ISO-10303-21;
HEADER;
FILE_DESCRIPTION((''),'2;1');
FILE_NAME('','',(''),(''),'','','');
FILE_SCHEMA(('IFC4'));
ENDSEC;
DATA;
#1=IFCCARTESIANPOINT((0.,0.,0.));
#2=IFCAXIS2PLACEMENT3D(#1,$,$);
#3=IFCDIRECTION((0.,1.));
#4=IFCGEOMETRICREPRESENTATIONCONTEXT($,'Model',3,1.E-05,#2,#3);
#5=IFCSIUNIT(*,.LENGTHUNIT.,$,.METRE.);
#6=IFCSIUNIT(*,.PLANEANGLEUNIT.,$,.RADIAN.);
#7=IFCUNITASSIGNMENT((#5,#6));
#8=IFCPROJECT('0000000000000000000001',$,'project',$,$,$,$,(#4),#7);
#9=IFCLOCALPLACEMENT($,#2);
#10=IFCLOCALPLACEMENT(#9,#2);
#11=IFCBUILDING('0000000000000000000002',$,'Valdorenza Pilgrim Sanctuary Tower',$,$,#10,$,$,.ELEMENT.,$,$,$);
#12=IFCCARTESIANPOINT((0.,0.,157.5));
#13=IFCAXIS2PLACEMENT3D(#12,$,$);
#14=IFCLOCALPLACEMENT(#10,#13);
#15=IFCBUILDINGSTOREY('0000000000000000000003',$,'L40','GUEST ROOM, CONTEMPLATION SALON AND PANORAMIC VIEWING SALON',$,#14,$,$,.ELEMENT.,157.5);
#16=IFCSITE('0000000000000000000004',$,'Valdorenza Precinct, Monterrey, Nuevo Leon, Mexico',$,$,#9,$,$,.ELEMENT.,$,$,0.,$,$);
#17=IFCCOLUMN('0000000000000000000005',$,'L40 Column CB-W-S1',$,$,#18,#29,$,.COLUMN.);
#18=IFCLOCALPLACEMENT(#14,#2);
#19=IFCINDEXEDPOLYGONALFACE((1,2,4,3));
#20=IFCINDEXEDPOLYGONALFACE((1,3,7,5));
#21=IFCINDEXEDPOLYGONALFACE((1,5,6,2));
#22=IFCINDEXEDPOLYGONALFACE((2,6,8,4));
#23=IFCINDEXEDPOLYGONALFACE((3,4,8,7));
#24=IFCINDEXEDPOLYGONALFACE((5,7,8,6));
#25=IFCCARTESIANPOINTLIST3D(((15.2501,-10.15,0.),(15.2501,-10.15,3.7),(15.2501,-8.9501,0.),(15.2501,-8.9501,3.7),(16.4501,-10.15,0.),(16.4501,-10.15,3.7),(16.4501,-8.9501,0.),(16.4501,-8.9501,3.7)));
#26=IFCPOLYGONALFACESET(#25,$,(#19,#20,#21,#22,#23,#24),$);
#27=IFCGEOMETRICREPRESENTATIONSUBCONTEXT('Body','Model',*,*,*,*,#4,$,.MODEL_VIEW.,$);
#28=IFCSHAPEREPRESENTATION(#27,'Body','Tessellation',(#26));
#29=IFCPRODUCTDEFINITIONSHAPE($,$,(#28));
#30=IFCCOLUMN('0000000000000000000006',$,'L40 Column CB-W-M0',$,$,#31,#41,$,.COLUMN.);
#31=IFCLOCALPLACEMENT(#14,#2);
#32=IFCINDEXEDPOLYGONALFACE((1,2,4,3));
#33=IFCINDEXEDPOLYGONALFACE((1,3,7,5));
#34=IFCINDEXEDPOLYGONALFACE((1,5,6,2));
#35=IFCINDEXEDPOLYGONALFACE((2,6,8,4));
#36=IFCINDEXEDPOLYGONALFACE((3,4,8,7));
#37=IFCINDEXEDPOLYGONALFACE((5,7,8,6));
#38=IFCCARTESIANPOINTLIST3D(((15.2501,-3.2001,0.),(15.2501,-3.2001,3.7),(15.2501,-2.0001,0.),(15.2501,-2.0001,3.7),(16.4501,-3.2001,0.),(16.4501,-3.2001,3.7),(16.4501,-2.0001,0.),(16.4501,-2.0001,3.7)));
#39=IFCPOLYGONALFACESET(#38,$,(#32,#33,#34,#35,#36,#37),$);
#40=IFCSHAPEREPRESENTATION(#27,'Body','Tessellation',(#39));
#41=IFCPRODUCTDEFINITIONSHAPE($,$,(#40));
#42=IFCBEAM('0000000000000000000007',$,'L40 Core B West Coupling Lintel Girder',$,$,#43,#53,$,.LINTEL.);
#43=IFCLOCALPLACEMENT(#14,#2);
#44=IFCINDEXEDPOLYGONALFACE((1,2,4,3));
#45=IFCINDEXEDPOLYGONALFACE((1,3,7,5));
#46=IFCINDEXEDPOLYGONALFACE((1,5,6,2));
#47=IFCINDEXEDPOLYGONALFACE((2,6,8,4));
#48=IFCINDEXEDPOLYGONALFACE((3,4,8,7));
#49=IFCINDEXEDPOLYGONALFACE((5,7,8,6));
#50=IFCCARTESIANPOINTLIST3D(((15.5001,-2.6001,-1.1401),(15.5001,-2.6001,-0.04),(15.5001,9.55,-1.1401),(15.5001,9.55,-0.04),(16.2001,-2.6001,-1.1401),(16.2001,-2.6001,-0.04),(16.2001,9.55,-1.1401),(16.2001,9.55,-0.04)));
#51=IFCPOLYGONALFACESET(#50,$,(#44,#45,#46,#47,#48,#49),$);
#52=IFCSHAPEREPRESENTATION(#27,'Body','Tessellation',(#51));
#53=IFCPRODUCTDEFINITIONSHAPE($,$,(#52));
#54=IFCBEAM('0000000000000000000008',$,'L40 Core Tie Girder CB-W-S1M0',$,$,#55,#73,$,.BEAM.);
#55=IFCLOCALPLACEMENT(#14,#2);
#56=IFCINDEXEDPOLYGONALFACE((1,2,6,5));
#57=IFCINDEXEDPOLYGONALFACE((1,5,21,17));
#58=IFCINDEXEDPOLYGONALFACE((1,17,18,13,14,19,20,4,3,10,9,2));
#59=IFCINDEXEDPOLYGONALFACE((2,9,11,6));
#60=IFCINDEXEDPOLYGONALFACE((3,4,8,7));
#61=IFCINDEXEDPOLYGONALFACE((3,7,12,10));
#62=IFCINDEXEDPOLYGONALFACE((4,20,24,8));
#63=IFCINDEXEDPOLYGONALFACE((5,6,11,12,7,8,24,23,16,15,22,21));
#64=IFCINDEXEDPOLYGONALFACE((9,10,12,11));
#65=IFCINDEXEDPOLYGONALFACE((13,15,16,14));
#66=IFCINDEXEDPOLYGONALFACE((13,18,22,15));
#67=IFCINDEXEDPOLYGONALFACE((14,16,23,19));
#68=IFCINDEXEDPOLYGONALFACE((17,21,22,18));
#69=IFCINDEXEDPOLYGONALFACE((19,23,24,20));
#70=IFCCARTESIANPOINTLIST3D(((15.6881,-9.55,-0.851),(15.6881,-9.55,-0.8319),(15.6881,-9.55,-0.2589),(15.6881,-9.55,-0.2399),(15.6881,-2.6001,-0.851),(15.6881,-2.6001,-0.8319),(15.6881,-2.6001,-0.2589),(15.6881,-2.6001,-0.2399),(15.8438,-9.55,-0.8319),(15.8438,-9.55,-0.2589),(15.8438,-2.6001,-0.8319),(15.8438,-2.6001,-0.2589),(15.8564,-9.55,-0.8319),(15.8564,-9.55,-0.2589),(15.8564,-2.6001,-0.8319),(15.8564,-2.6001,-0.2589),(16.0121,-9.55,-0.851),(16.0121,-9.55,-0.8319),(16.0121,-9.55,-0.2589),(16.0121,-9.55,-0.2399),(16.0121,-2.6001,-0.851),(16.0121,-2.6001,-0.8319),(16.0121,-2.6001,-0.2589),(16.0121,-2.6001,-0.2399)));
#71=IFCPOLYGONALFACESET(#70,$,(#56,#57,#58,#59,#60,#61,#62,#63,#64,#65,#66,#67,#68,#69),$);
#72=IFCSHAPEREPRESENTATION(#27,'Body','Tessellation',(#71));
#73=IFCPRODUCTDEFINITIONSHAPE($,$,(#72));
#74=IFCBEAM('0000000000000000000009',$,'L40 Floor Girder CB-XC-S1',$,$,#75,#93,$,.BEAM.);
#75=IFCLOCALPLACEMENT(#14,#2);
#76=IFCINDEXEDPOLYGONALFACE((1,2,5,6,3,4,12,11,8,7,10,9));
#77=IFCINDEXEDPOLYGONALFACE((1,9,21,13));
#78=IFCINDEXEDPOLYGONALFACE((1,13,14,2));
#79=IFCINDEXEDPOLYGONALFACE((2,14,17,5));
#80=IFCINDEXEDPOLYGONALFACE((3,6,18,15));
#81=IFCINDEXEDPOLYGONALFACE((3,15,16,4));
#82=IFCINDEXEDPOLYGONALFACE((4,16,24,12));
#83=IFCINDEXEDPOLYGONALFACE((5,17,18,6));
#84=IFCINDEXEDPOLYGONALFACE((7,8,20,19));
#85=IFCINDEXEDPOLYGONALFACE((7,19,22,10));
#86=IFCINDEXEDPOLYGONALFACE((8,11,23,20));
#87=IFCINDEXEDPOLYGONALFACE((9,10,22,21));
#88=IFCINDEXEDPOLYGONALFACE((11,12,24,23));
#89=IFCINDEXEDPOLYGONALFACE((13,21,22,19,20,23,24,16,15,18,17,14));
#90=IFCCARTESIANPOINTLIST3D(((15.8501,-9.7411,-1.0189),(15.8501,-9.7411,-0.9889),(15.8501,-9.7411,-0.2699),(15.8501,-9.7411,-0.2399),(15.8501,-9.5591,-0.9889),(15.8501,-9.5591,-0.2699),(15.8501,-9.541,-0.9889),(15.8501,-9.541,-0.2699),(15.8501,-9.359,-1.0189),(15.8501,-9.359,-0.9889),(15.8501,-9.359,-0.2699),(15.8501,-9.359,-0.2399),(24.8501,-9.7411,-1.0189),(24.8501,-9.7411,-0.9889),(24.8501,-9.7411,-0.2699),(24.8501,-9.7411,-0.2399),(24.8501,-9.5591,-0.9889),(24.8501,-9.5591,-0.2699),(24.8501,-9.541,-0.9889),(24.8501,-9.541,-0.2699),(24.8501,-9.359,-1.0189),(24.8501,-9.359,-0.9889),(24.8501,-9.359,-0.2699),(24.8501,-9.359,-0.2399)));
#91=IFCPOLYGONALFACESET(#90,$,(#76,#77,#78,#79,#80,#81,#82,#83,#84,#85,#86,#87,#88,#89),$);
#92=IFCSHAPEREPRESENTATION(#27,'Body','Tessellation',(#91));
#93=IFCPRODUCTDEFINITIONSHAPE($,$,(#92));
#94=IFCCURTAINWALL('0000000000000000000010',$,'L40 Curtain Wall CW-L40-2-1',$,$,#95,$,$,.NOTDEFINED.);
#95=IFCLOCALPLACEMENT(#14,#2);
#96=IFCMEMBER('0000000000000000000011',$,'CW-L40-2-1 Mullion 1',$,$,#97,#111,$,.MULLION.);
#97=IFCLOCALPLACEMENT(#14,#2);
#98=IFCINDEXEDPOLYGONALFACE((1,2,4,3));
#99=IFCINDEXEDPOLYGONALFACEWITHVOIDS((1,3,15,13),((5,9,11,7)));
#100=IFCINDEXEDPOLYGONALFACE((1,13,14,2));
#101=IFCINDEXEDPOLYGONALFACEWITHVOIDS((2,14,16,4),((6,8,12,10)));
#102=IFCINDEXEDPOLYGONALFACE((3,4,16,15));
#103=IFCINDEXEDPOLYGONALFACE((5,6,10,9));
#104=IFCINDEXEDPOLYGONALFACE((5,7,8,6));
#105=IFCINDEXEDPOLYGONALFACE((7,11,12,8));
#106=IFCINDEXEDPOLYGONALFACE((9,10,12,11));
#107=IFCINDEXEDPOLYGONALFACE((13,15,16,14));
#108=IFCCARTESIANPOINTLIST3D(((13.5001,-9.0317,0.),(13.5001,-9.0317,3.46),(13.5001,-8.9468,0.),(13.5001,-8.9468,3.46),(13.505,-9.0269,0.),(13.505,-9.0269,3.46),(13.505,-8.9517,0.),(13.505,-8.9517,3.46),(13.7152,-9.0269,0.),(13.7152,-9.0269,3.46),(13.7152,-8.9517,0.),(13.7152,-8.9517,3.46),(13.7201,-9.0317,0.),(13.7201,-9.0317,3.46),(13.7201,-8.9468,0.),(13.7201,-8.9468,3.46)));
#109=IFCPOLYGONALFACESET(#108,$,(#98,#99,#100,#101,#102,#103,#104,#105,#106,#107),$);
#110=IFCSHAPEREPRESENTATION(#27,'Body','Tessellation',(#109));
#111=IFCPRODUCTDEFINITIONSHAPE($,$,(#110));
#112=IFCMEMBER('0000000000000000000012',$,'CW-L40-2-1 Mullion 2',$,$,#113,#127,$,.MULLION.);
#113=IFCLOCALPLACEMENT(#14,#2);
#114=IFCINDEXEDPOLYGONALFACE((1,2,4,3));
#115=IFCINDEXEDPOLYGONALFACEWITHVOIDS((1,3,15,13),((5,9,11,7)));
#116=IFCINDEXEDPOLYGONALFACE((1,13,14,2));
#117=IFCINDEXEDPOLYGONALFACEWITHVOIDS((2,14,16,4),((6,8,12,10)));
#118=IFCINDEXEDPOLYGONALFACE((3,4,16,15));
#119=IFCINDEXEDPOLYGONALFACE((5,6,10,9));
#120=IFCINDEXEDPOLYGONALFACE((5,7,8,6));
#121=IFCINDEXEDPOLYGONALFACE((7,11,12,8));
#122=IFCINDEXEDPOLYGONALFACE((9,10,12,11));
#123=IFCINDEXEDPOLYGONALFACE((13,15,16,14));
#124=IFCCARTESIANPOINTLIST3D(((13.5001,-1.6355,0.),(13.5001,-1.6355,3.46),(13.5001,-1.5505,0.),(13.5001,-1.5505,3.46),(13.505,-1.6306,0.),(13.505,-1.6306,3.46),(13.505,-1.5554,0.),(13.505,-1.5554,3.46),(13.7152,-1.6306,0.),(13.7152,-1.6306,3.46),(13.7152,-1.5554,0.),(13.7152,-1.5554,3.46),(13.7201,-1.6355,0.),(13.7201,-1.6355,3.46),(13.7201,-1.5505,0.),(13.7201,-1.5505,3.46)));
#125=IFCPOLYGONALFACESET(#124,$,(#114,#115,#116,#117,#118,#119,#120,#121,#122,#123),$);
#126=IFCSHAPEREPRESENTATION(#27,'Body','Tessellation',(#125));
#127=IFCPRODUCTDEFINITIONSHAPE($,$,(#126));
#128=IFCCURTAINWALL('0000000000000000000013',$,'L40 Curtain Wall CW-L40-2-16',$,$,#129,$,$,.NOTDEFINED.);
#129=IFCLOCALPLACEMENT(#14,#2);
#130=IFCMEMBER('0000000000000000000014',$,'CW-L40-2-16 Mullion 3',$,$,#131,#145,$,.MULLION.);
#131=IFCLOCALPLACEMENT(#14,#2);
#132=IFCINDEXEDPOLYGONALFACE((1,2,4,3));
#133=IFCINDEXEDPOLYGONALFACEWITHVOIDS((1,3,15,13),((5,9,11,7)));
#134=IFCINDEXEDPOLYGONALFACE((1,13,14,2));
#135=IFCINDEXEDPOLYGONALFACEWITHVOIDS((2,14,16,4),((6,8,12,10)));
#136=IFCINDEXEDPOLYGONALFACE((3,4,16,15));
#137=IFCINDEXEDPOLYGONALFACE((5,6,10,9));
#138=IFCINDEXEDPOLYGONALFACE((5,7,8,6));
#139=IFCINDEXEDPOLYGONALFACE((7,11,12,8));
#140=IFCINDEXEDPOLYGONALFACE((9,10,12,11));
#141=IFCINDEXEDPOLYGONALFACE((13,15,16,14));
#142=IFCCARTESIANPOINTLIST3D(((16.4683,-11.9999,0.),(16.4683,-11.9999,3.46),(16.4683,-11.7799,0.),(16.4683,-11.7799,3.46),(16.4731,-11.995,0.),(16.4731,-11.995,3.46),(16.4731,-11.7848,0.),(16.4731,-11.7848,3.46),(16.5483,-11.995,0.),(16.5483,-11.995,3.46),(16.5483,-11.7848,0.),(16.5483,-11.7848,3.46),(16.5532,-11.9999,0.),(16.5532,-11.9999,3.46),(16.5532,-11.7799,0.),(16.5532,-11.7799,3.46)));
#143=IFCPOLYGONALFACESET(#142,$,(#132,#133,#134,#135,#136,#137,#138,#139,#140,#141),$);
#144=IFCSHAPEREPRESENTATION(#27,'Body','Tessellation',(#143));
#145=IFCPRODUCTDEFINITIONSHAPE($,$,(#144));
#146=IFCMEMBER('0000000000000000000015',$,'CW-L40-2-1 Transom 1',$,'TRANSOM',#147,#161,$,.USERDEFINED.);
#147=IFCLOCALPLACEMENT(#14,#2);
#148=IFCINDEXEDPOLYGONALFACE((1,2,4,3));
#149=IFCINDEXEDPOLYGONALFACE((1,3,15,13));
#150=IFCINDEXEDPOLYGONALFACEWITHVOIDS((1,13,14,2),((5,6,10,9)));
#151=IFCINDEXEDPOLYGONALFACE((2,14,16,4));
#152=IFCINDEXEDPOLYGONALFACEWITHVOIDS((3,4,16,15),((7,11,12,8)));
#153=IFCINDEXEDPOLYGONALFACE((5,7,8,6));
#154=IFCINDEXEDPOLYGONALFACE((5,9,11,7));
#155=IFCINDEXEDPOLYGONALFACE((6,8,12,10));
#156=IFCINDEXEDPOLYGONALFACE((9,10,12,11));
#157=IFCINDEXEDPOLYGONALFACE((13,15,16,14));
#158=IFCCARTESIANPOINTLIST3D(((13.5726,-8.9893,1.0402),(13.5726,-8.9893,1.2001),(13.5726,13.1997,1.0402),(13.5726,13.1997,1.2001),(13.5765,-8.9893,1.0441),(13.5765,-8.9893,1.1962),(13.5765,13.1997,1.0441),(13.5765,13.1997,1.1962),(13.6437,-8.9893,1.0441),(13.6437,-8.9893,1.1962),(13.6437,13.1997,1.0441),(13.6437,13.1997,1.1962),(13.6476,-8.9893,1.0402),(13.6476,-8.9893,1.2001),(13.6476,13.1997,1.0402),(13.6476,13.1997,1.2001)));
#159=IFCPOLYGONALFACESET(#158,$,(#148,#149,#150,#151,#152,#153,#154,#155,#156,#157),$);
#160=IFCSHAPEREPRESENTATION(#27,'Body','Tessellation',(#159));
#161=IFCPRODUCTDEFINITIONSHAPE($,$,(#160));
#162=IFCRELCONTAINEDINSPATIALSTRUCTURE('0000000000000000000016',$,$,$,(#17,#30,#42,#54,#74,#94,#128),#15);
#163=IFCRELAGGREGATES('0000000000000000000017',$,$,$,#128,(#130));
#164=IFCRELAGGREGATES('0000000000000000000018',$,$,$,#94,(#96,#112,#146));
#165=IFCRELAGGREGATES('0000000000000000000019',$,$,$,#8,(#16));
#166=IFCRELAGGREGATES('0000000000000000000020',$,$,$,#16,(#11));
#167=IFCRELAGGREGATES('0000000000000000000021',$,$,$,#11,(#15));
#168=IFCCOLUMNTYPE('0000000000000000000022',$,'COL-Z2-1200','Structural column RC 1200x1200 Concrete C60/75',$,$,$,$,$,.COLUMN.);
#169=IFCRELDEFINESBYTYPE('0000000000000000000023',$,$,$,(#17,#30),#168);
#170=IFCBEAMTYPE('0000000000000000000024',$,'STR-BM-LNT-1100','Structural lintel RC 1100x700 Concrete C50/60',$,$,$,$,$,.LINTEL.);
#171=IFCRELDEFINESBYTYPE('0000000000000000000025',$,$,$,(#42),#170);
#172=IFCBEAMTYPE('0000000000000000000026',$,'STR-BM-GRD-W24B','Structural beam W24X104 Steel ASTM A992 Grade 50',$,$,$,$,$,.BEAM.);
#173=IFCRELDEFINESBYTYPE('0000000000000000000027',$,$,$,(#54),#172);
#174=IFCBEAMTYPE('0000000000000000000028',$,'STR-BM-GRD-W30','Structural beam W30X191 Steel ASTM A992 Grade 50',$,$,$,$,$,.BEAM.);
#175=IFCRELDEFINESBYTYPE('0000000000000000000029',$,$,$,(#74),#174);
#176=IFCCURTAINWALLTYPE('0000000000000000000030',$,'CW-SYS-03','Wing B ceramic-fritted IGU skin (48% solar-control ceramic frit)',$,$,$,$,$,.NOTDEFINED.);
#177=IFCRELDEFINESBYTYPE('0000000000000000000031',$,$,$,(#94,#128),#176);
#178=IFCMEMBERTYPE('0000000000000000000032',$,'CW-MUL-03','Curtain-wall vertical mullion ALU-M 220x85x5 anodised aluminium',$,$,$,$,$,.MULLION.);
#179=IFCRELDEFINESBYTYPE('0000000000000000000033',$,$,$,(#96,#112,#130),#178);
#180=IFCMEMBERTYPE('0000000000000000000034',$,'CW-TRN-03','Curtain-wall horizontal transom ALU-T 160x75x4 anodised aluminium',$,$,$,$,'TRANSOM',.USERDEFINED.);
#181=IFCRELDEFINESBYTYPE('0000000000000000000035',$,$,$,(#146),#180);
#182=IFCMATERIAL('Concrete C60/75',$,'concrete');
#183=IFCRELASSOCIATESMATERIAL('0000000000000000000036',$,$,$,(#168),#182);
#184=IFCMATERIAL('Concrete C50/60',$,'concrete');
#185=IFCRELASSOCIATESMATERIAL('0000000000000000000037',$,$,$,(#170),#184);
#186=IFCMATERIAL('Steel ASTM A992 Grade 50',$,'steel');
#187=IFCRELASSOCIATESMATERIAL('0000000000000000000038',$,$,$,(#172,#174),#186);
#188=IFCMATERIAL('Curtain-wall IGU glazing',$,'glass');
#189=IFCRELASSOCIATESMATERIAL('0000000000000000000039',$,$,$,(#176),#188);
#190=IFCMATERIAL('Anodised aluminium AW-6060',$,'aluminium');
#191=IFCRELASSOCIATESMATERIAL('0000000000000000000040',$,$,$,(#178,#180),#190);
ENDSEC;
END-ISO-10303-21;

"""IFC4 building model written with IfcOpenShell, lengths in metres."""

from ifc_helpers import new_model, si_unit, direction, frame, origin, origin_2d, place, context, subcontext, project, spatial, rectangle, hollow_rectangle, i_section, extrude, source, transform, mapped, material, material_profile, profile_set, type_object, element, aggregate, save


model = new_model("IFC4")

# Units and contexts
model_context = context("Model", 3, precision=1e-05, world=origin(), true_north=direction((0.0, 1.0)))
body_context = subcontext(model_context, "Body", "Model", "MODEL_VIEW")
ifc_project = project(units=[si_unit("LENGTHUNIT", "METRE"), si_unit("PLANEANGLEUNIT", "RADIAN")], contexts=[model_context])

# Site, building, storey
site_placement = place(None, origin())
site = spatial("IfcSite", under=ifc_project, at=site_placement, Name="Valdorenza Precinct, Monterrey, Nuevo Leon, Mexico", CompositionType="ELEMENT", RefElevation=0.0)
building_placement = place(site_placement, origin())
building = spatial("IfcBuilding", under=site, at=building_placement, Name="Valdorenza Pilgrim Sanctuary Tower", CompositionType="ELEMENT")
storey_placement = place(building_placement, frame((0.0, 0.0, 157.5)))
storey = spatial("IfcBuildingStorey", under=building, at=storey_placement, Name="L40", Description="GUEST ROOM, CONTEMPLATION SALON AND PANORAMIC VIEWING SALON", CompositionType="ELEMENT", Elevation=157.5)

# Columns
ifc_material_1 = material(Name="Concrete C60/75", Category="concrete")
ifc_material_profile_1 = material_profile(ifc_material_1, rectangle(XDim=1.2, YDim=1.2, at=origin_2d()), Name="RC 1200x1200")
ifc_profile_set_1 = profile_set([ifc_material_profile_1], Name="Concrete C60/75")
column_type = type_object("IfcColumnType", Name="COL-Z2-1200", Description="Structural column RC 1200x1200 Concrete C60/75", PredefinedType="COLUMN", material=ifc_profile_set_1)
shared_shape_1 = source(origin(), body_context, "Body", "SweptSolid", [
    extrude(rectangle(XDim=1.2, YDim=1.2, at=origin_2d()), origin(), (0.0, 0.0, 1.0), 3.7),
])
for number, where, z_axis, x_axis, name in (
    (1, (15.8501, -9.55, 0.0), (0.0, 0.0, 1.0), (1.0, 0.0, 0.0), "L40 Column CB-W-S1"),
    (2, (15.8501, -2.6001, 0.0), (0.0, 0.0, 1.0), (1.0, 0.0, 0.0), "L40 Column CB-W-M0"),
):
    element("IfcColumn", number, at=place(storey_placement, frame(where, z_axis=z_axis, x_axis=x_axis)), inside=storey, type_object=column_type, Name=name, PredefinedType="COLUMN", context=body_context, shape_type="MappedRepresentation", body=[
        mapped(shared_shape_1, transform((0.0, 0.0, 0.0), x_axis=(1.0, 0.0, 0.0), y_axis=(0.0, 1.0, 0.0), z_axis=(0.0, 0.0, 1.0), scale=1.0)),
    ])

# Beams
ifc_material_2 = material(Name="Concrete C50/60", Category="concrete")
ifc_material_profile_2 = material_profile(ifc_material_2, rectangle(XDim=0.7, YDim=1.1001, at=origin_2d()), Name="RC 1100x700")
ifc_profile_set_2 = profile_set([ifc_material_profile_2], Name="Concrete C50/60")
beam_type_1 = type_object("IfcBeamType", Name="STR-BM-LNT-1100", Description="Structural lintel RC 1100x700 Concrete C50/60", PredefinedType="LINTEL", material=ifc_profile_set_2)
shared_shape_2 = source(origin(), body_context, "Body", "SweptSolid", [
    extrude(rectangle(XDim=0.7, YDim=1.1001, at=origin_2d()), origin(), (0.0, 0.0, 1.0), 12.1501),
])
beam_1_placement = place(storey_placement, frame((15.8501, -2.6001, -0.5901), z_axis=(0.0, 1.0, 0.0), x_axis=(-1.0, 0.0, 0.0)))
element("IfcBeam", 3, at=beam_1_placement, inside=storey, type_object=beam_type_1, Name="L40 Core B West Coupling Lintel Girder", PredefinedType="LINTEL", context=body_context, shape_type="MappedRepresentation", body=[
    mapped(shared_shape_2, transform((0.0, 0.0, 0.0), x_axis=(1.0, 0.0, 0.0), y_axis=(0.0, 1.0, 0.0), z_axis=(0.0, 0.0, 1.0), scale=1.0)),
])
ifc_material_3 = material(Name="Steel ASTM A992 Grade 50", Category="steel")
ifc_material_profile_3 = material_profile(ifc_material_3, i_section(OverallWidth=0.324, OverallDepth=0.6111, WebThickness=0.0127, FlangeThickness=0.019, at=origin_2d()), Name="W24X104")
ifc_profile_set_3 = profile_set([ifc_material_profile_3], Name="Steel ASTM A992 Grade 50")
beam_type_2 = type_object("IfcBeamType", Name="STR-BM-GRD-W24B", Description="Structural beam W24X104 Steel ASTM A992 Grade 50", PredefinedType="BEAM", material=ifc_profile_set_3)
shared_shape_3 = source(origin(), body_context, "Body", "SweptSolid", [
    extrude(i_section(OverallWidth=0.324, OverallDepth=0.6111, WebThickness=0.0127, FlangeThickness=0.019, at=origin_2d()), origin(), (0.0, 0.0, 1.0), 6.95),
])
beam_2_placement = place(storey_placement, frame((15.8501, -9.55, -0.5454), z_axis=(0.0, 1.0, 0.0), x_axis=(-1.0, 0.0, 0.0)))
element("IfcBeam", 4, at=beam_2_placement, inside=storey, type_object=beam_type_2, Name="L40 Core Tie Girder CB-W-S1M0", PredefinedType="BEAM", context=body_context, shape_type="MappedRepresentation", body=[
    mapped(shared_shape_3, transform((0.0, 0.0, 0.0), x_axis=(1.0, 0.0, 0.0), y_axis=(0.0, 1.0, 0.0), z_axis=(0.0, 0.0, 1.0), scale=1.0)),
])
ifc_material_profile_4 = material_profile(ifc_material_3, i_section(OverallWidth=0.3821, OverallDepth=0.7791, WebThickness=0.0181, FlangeThickness=0.03, at=origin_2d()), Name="W30X191")
ifc_profile_set_4 = profile_set([ifc_material_profile_4], Name="Steel ASTM A992 Grade 50")
beam_type_3 = type_object("IfcBeamType", Name="STR-BM-GRD-W30", Description="Structural beam W30X191 Steel ASTM A992 Grade 50", PredefinedType="BEAM", material=ifc_profile_set_4)
shared_shape_4 = source(origin(), body_context, "Body", "SweptSolid", [
    extrude(i_section(OverallWidth=0.3821, OverallDepth=0.7791, WebThickness=0.0181, FlangeThickness=0.03, at=origin_2d()), origin(), (0.0, 0.0, 1.0), 9.0),
])
beam_3_placement = place(storey_placement, frame((15.8501, -9.55, -0.6294), z_axis=(1.0, 0.0, 0.0), x_axis=(0.0, 1.0, 0.0)))
element("IfcBeam", 5, at=beam_3_placement, inside=storey, type_object=beam_type_3, Name="L40 Floor Girder CB-XC-S1", PredefinedType="BEAM", context=body_context, shape_type="MappedRepresentation", body=[
    mapped(shared_shape_4, transform((0.0, 0.0, 0.0), x_axis=(1.0, 0.0, 0.0), y_axis=(0.0, 1.0, 0.0), z_axis=(0.0, 0.0, 1.0), scale=1.0)),
])

# Curtain wall, members
ifc_material_4 = material(Name="Curtain-wall IGU glazing", Category="glass")
curtain_wall_type = type_object("IfcCurtainWallType", Name="CW-SYS-03", Description="Wing B ceramic-fritted IGU skin (48% solar-control ceramic frit)", PredefinedType="NOTDEFINED", material=ifc_material_4)
curtain_wall_1_placement = place(storey_placement, origin())
curtain_wall_1 = element("IfcCurtainWall", 6, at=curtain_wall_1_placement, inside=storey, type_object=curtain_wall_type, Name="L40 Curtain Wall CW-L40-2-1", PredefinedType="NOTDEFINED")
ifc_material_5 = material(Name="Anodised aluminium AW-6060", Category="aluminium")
ifc_material_profile_5 = material_profile(ifc_material_5, hollow_rectangle(XDim=0.085, YDim=0.22, WallThickness=0.0049, at=origin_2d()), Name="ALU-M 220x85x5")
ifc_profile_set_5 = profile_set([ifc_material_profile_5], Name="Anodised aluminium AW-6060")
member_type_1 = type_object("IfcMemberType", Name="CW-MUL-03", Description="Curtain-wall vertical mullion ALU-M 220x85x5 anodised aluminium", PredefinedType="MULLION", material=ifc_profile_set_5)
shared_shape_5 = source(origin(), body_context, "Body", "SweptSolid", [
    extrude(hollow_rectangle(XDim=0.085, YDim=0.22, WallThickness=0.0049, at=origin_2d()), origin(), (0.0, 0.0, 1.0), 3.46),
])
member_1_placement = place(storey_placement, frame((13.6101, -8.9893, 0.0), z_axis=(0.0, 0.0, 1.0), x_axis=(0.0, 1.0, 0.0)))
member_1 = element("IfcMember", 7, at=member_1_placement, type_object=member_type_1, Name="CW-L40-2-1 Mullion 1", PredefinedType="MULLION", context=body_context, shape_type="MappedRepresentation", body=[
    mapped(shared_shape_5, transform((0.0, 0.0, 0.0), x_axis=(1.0, 0.0, 0.0), y_axis=(0.0, 1.0, 0.0), z_axis=(0.0, 0.0, 1.0), scale=1.0)),
])
member_2_placement = place(storey_placement, frame((13.6101, -1.593, 0.0), z_axis=(0.0, 0.0, 1.0), x_axis=(0.0, 1.0, 0.0)))
member_2 = element("IfcMember", 8, at=member_2_placement, type_object=member_type_1, Name="CW-L40-2-1 Mullion 2", PredefinedType="MULLION", context=body_context, shape_type="MappedRepresentation", body=[
    mapped(shared_shape_5, transform((0.0, 0.0, 0.0), x_axis=(1.0, 0.0, 0.0), y_axis=(0.0, 1.0, 0.0), z_axis=(0.0, 0.0, 1.0), scale=1.0)),
])

# Curtain wall, member
curtain_wall_2_placement = place(storey_placement, origin())
curtain_wall_2 = element("IfcCurtainWall", 9, at=curtain_wall_2_placement, inside=storey, type_object=curtain_wall_type, Name="L40 Curtain Wall CW-L40-2-16", PredefinedType="NOTDEFINED")
member_3_placement = place(storey_placement, frame((16.5107, -11.8899, 0.0), z_axis=(0.0, 0.0, 1.0), x_axis=(-1.0, 0.0, 0.0)))
member_3 = element("IfcMember", 10, at=member_3_placement, type_object=member_type_1, Name="CW-L40-2-16 Mullion 3", PredefinedType="MULLION", context=body_context, shape_type="MappedRepresentation", body=[
    mapped(shared_shape_5, transform((0.0, 0.0, 0.0), x_axis=(1.0, 0.0, 0.0), y_axis=(0.0, 1.0, 0.0), z_axis=(0.0, 0.0, 1.0), scale=1.0)),
])
aggregate(curtain_wall_2, [member_3])

# Member
ifc_material_profile_6 = material_profile(ifc_material_5, hollow_rectangle(XDim=0.075, YDim=0.1599, WallThickness=0.0039, at=origin_2d()), Name="ALU-T 160x75x4")
ifc_profile_set_6 = profile_set([ifc_material_profile_6], Name="Anodised aluminium AW-6060")
member_type_2 = type_object("IfcMemberType", Name="CW-TRN-03", Description="Curtain-wall horizontal transom ALU-T 160x75x4 anodised aluminium", ElementType="TRANSOM", PredefinedType="USERDEFINED", material=ifc_profile_set_6)
shared_shape_6 = source(origin(), body_context, "Body", "SweptSolid", [
    extrude(hollow_rectangle(XDim=0.075, YDim=0.1599, WallThickness=0.0039, at=origin_2d()), origin(), (0.0, 0.0, 1.0), 22.189),
])
member_4_placement = place(storey_placement, frame((13.6101, -8.9893, 1.1201), z_axis=(0.0, 1.0, 0.0), x_axis=(-1.0, 0.0, 0.0)))
member_4 = element("IfcMember", 11, at=member_4_placement, type_object=member_type_2, Name="CW-L40-2-1 Transom 1", ObjectType="TRANSOM", PredefinedType="USERDEFINED", context=body_context, shape_type="MappedRepresentation", body=[
    mapped(shared_shape_6, transform((0.0, 0.0, 0.0), x_axis=(1.0, 0.0, 0.0), y_axis=(0.0, 1.0, 0.0), z_axis=(0.0, 0.0, 1.0), scale=1.0)),
])

aggregate(curtain_wall_1, [member_1, member_2, member_4])

save(model, "model.ifc")
